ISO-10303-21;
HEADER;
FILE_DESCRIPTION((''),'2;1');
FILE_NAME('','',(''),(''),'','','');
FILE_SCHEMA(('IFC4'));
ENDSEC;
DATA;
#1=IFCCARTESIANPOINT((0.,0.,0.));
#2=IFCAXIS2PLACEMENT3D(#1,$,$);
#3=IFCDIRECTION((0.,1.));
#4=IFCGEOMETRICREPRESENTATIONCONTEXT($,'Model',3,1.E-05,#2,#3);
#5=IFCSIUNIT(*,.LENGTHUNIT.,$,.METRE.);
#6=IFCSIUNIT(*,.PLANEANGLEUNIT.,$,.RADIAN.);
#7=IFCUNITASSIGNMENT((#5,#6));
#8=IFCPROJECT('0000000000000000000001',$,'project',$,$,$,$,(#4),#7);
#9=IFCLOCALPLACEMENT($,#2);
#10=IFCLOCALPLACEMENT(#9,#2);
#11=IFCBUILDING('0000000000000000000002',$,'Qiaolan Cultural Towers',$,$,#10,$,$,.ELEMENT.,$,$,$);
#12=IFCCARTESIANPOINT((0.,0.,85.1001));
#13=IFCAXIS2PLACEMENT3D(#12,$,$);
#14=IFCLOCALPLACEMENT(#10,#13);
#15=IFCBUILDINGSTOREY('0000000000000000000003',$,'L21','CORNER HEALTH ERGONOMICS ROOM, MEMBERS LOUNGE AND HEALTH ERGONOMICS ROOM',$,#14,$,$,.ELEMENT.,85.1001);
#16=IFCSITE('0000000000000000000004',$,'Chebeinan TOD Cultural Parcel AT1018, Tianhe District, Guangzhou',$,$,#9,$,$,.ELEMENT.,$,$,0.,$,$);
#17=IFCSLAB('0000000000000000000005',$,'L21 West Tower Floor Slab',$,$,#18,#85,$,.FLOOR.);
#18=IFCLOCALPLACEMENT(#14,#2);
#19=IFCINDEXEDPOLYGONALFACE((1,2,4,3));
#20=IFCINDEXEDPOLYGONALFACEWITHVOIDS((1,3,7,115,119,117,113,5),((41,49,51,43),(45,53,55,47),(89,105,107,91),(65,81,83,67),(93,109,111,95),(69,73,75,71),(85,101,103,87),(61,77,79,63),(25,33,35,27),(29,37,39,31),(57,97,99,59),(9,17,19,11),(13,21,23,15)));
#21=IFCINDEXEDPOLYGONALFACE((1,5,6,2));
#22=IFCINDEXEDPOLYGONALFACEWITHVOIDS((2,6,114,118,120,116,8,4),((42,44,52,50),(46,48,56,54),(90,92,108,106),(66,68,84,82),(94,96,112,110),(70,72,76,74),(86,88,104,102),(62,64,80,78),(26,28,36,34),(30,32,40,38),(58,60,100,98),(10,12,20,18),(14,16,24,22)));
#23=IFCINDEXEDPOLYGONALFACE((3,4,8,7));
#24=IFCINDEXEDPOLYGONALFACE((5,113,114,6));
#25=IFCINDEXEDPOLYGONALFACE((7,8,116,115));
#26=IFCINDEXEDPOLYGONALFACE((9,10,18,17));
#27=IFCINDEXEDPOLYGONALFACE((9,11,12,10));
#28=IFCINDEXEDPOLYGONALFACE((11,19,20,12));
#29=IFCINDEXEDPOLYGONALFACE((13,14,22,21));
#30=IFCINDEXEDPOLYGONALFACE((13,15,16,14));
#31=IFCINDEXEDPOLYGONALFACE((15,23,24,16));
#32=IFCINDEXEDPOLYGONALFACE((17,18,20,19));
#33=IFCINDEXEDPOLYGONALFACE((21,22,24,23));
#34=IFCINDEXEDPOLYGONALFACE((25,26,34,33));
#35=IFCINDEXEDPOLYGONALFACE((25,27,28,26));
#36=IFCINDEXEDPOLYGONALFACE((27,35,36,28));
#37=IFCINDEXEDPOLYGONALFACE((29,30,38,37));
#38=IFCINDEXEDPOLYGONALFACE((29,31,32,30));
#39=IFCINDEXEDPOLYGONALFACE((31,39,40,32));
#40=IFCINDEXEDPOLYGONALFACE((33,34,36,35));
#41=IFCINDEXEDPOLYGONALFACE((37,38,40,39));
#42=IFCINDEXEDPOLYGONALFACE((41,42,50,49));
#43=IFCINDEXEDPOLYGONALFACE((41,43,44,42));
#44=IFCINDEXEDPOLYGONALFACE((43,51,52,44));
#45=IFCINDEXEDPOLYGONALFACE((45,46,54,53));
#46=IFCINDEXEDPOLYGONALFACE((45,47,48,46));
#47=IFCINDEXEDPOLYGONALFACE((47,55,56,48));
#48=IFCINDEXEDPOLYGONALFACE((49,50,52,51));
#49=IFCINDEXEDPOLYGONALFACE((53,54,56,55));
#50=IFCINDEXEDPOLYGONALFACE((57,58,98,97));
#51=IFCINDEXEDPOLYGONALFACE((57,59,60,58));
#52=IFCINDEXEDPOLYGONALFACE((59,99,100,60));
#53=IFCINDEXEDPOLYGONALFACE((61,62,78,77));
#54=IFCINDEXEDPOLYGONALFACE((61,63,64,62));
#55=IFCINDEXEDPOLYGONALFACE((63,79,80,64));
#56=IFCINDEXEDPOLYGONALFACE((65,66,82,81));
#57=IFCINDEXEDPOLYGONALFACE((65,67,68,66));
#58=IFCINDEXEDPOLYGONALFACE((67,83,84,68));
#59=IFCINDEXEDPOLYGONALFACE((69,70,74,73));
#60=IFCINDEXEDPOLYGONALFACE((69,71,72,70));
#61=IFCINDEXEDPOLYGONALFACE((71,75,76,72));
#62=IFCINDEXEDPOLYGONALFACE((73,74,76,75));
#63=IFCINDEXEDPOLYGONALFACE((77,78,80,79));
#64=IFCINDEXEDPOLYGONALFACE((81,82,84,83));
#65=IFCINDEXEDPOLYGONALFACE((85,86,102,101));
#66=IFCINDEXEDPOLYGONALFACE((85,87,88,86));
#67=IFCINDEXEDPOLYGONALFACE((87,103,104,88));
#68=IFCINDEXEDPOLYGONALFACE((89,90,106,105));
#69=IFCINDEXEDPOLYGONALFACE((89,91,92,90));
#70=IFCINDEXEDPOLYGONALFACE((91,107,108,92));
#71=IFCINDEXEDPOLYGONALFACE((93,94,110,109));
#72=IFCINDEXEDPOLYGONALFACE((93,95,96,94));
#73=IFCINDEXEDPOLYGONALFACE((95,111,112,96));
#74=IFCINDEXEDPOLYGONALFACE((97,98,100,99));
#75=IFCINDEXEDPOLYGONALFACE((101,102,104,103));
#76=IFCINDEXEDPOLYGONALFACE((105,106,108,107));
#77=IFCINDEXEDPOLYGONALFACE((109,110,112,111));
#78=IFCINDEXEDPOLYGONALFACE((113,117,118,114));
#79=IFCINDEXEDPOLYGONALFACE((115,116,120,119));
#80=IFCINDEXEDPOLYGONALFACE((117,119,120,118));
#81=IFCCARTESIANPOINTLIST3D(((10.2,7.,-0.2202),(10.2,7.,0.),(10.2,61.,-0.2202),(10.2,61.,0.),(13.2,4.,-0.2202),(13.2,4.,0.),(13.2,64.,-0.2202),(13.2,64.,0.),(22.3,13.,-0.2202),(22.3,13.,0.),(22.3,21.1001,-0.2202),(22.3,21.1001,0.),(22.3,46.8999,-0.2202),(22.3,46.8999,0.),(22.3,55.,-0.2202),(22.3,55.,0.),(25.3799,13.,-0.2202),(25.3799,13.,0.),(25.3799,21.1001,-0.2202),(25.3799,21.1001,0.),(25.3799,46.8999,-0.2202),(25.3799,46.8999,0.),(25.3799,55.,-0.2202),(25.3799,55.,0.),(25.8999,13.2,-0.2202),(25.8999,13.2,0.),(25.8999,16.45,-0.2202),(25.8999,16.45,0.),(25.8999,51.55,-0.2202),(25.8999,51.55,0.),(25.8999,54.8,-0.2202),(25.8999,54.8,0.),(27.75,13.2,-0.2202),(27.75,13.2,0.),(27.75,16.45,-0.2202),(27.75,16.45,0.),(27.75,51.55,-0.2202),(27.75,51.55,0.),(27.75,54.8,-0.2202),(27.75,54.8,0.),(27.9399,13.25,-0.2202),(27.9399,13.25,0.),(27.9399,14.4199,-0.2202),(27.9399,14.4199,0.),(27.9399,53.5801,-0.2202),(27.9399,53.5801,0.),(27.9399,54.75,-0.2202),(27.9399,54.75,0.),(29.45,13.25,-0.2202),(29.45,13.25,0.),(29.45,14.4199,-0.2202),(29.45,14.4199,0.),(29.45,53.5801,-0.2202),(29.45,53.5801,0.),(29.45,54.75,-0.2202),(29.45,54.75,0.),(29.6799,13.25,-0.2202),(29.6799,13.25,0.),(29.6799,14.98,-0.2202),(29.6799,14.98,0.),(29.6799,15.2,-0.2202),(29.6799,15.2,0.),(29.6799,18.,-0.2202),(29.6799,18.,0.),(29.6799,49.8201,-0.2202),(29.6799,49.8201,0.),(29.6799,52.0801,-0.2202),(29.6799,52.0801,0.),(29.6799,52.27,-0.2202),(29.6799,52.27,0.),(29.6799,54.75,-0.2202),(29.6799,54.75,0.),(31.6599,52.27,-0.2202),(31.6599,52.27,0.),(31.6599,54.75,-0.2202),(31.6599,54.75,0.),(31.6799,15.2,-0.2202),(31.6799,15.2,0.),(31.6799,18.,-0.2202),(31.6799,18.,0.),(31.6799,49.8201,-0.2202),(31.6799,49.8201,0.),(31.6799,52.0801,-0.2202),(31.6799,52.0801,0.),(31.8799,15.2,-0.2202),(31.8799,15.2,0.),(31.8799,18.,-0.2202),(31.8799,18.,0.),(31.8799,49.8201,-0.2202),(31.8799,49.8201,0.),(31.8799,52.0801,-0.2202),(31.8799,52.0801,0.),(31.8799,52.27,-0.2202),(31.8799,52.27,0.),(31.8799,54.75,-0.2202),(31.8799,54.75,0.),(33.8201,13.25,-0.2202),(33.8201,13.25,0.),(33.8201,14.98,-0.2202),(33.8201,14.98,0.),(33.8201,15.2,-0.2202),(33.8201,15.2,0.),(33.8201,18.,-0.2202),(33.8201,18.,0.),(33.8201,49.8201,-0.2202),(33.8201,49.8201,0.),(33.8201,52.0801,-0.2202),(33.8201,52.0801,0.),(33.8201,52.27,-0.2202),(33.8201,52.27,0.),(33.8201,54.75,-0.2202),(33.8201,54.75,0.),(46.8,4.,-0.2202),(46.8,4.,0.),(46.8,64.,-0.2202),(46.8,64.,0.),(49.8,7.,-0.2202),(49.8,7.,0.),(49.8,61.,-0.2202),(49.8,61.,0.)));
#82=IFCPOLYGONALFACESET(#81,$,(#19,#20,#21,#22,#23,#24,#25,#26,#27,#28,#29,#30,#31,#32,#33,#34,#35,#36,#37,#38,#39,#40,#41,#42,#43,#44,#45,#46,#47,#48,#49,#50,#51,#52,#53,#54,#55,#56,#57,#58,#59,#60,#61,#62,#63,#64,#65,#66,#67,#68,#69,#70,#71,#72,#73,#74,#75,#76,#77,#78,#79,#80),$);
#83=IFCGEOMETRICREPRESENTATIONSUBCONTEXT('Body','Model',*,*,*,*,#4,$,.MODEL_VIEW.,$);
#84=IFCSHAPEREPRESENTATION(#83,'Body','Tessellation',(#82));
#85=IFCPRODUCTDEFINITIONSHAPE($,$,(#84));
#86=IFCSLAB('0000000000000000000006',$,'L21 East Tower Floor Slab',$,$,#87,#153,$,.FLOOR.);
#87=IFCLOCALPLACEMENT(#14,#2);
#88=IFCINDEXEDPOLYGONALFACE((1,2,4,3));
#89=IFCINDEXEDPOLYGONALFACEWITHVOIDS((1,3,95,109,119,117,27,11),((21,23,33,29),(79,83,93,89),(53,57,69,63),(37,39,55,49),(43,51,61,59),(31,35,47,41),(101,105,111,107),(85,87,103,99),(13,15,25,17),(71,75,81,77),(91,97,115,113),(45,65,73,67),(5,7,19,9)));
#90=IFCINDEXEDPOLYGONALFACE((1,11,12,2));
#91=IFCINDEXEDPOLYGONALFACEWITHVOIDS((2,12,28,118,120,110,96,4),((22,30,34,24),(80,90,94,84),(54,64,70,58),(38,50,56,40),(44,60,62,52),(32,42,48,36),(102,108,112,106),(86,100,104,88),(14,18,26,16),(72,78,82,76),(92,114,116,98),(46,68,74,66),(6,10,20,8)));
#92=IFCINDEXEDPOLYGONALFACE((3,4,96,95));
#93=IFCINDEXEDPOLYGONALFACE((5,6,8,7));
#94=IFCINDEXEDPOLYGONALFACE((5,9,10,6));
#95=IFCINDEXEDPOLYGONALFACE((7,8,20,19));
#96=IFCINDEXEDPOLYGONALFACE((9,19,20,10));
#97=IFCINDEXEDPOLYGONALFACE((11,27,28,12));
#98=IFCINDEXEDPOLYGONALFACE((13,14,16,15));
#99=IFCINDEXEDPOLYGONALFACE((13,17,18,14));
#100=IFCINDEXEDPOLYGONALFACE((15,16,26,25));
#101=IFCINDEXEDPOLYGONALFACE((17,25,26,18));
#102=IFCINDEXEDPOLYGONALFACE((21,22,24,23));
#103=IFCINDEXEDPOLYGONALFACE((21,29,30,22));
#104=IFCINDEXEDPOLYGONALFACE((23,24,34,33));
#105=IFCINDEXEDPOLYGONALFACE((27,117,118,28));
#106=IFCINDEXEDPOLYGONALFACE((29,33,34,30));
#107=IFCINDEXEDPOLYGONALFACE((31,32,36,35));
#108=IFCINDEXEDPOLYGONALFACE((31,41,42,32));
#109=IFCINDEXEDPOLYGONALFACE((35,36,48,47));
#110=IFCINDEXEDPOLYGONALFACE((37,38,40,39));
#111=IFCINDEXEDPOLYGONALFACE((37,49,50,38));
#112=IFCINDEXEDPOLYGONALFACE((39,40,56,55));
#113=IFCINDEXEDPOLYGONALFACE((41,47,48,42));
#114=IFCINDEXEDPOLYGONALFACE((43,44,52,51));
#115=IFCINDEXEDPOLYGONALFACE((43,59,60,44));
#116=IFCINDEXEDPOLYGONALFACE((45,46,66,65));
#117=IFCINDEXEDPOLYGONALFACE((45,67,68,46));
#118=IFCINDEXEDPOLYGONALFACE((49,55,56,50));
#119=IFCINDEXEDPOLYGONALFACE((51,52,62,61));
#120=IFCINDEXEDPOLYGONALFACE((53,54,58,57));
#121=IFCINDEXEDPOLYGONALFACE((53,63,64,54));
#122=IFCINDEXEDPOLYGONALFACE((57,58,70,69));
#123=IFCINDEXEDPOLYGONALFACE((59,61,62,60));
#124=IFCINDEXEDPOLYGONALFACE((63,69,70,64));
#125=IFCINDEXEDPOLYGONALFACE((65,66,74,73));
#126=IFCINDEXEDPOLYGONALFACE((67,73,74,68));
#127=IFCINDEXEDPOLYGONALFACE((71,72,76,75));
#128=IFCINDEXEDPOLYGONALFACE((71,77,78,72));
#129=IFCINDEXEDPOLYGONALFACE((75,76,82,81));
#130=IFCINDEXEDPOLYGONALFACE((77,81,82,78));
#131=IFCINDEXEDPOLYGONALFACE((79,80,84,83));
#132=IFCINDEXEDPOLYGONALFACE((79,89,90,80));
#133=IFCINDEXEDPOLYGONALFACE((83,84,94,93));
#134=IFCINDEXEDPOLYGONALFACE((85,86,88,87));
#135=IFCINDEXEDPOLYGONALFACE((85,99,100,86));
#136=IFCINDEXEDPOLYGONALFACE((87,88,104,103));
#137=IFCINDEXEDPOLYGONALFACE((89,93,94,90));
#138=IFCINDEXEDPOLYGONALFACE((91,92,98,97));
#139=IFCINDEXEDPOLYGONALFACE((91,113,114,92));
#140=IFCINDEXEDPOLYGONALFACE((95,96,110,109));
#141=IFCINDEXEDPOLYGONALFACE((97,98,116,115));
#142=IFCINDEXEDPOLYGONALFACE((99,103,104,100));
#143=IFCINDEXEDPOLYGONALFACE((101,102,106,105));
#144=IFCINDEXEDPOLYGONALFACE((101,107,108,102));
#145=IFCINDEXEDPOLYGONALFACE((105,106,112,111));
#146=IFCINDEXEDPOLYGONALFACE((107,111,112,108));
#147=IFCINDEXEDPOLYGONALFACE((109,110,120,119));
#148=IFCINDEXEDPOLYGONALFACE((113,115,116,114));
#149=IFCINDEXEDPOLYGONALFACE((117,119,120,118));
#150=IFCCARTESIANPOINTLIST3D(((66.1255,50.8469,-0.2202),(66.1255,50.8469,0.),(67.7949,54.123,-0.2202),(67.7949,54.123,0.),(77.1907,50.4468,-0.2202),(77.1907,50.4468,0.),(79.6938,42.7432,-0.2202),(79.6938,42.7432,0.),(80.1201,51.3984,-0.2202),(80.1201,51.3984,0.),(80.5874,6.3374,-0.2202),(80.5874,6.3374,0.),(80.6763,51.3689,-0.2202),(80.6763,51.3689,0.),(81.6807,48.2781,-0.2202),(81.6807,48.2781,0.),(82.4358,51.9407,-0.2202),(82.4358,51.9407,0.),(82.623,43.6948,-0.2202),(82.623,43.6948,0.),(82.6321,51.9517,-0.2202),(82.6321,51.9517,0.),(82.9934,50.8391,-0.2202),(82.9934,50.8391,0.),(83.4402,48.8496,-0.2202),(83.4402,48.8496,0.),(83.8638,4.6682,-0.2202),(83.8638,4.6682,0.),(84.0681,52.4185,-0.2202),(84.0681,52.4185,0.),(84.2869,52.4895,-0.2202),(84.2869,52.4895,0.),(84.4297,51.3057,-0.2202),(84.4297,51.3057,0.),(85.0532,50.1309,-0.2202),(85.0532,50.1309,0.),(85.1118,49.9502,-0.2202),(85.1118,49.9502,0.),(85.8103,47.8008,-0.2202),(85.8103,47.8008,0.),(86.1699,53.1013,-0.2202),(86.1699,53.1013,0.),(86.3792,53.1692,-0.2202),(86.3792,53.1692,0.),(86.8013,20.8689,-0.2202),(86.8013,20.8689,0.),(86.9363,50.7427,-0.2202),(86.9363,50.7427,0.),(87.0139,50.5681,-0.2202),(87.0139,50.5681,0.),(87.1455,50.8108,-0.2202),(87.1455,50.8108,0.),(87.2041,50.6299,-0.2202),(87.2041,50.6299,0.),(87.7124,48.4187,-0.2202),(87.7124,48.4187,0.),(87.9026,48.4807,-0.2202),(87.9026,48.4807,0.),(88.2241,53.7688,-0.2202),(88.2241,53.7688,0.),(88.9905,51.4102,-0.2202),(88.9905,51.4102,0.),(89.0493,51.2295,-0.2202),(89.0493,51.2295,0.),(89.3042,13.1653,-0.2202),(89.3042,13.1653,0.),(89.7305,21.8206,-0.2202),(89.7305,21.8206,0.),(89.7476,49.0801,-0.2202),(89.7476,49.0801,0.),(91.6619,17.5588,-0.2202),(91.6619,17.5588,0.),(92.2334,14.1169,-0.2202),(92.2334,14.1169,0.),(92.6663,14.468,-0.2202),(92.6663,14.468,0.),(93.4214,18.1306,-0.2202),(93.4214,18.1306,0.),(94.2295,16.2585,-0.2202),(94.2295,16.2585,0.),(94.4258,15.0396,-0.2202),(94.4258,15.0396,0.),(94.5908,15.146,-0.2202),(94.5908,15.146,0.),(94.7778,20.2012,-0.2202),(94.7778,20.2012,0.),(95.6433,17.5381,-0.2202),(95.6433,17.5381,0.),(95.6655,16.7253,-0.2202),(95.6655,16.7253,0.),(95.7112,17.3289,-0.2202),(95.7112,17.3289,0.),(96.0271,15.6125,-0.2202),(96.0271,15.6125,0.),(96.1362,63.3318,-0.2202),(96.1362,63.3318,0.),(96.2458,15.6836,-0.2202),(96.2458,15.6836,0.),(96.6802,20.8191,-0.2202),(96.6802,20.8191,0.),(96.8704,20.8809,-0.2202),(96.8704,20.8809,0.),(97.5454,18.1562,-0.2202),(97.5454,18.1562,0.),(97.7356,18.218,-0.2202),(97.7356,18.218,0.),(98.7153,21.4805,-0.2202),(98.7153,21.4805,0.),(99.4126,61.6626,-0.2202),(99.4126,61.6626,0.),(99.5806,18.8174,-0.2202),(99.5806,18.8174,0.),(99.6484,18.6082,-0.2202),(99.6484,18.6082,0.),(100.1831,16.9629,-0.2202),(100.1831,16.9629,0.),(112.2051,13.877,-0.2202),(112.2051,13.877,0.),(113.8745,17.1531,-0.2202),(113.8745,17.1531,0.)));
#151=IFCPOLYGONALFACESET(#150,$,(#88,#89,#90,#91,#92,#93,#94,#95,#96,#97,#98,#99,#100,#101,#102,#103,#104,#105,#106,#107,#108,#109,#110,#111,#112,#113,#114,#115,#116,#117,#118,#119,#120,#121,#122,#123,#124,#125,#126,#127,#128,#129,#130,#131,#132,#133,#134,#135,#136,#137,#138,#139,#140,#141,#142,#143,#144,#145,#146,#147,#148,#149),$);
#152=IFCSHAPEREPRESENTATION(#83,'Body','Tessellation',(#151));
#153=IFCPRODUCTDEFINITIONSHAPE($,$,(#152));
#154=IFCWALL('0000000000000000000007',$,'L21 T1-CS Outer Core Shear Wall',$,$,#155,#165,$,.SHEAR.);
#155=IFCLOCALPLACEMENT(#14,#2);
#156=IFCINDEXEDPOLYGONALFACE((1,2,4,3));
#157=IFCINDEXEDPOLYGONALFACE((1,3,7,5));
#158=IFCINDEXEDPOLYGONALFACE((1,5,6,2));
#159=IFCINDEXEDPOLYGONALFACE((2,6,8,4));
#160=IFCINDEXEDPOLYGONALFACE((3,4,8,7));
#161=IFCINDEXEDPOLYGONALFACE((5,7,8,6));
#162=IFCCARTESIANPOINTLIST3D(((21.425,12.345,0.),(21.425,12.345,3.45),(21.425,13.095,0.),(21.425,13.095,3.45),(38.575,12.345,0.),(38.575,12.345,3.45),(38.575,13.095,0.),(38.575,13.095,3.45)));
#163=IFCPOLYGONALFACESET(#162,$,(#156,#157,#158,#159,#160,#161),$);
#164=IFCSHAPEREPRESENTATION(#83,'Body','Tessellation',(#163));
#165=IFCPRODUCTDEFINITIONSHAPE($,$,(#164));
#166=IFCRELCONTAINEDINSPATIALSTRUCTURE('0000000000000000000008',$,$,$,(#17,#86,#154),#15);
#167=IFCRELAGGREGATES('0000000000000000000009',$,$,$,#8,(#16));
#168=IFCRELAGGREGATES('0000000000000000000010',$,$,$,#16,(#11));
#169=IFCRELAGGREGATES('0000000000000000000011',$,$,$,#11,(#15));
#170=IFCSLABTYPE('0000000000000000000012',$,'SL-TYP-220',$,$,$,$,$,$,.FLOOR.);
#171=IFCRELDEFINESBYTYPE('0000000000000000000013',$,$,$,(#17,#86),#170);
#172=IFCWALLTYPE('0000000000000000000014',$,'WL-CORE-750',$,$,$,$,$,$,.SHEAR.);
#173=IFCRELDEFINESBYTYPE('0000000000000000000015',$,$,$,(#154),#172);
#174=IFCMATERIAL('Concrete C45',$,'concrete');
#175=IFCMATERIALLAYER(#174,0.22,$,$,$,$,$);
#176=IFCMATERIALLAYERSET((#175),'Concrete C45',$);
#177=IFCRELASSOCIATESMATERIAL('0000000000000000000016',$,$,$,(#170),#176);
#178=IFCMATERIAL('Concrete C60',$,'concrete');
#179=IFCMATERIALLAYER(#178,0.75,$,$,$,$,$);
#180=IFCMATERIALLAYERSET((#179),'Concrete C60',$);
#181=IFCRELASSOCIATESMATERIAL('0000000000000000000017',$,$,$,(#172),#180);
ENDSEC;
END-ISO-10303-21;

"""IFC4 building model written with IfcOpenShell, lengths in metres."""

from ifc_helpers import new_model, si_unit, direction, frame, frame_2d, origin, place, context, subcontext, project, spatial, polyline, rectangle, outline, extrude, material, layer, layer_set, type_object, element, save


model = new_model("IFC4")

# Units and contexts
model_context = context("Model", 3, precision=1e-05, world=origin(), true_north=direction((0.0, 1.0)))
body_context = subcontext(model_context, "Body", "Model", "MODEL_VIEW")
ifc_project = project(units=[si_unit("LENGTHUNIT", "METRE"), si_unit("PLANEANGLEUNIT", "RADIAN")], contexts=[model_context])

# Site, building, storey
site_placement = place(None, origin())
site = spatial("IfcSite", under=ifc_project, at=site_placement, Name="Chebeinan TOD Cultural Parcel AT1018, Tianhe District, Guangzhou", CompositionType="ELEMENT", RefElevation=0.0)
building_placement = place(site_placement, origin())
building = spatial("IfcBuilding", under=site, at=building_placement, Name="Qiaolan Cultural Towers", CompositionType="ELEMENT")
storey_placement = place(building_placement, frame((0.0, 0.0, 85.1001)))
storey = spatial("IfcBuildingStorey", under=building, at=storey_placement, Name="L21", Description="CORNER HEALTH ERGONOMICS ROOM, MEMBERS LOUNGE AND HEALTH ERGONOMICS ROOM", CompositionType="ELEMENT", Elevation=85.1001)

# Slabs
ifc_material_1 = material(Name="Concrete C45", Category="concrete")
ifc_layer_1 = layer(ifc_material_1, 0.22)
ifc_layer_set_1 = layer_set([ifc_layer_1], Name="Concrete C45")
slab_type_1 = type_object("IfcSlabType", Name="SL-TYP-220", PredefinedType="FLOOR", material=ifc_layer_set_1)
slab_1_placement = place(storey_placement, frame((0.0, 0.0, -0.2202)))
element("IfcSlab", 1, at=slab_1_placement, inside=storey, type_object=slab_type_1, Name="L21 West Tower Floor Slab", PredefinedType="FLOOR", context=body_context, shape_type="SweptSolid", body=[
    extrude(outline(polyline([(13.2, 4.0), (46.8, 4.0), (49.8, 7.0), (49.8, 61.0), (46.8, 64.0), (13.2, 64.0), (10.2, 61.0), (10.2, 7.0), (13.2, 4.0)]), holes=[polyline([(22.3, 21.1001), (22.3, 13.0), (25.3799, 13.0), (25.3799, 21.1001), (22.3, 21.1001)]), polyline([(25.3799, 46.8999), (25.3799, 55.0), (22.3, 55.0), (22.3, 46.8999), (25.3799, 46.8999)]), polyline([(25.8999, 13.2), (27.75, 13.2), (27.75, 16.45), (25.8999, 16.45), (25.8999, 13.2)]), polyline([(27.9399, 13.25), (29.45, 13.25), (29.45, 14.4199), (27.9399, 14.4199), (27.9399, 13.25)]), polyline([(29.6799, 15.2), (31.6799, 15.2), (31.6799, 18.0), (29.6799, 18.0), (29.6799, 15.2)]), polyline([(31.8799, 15.2), (33.8201, 15.2), (33.8201, 18.0), (31.8799, 18.0), (31.8799, 15.2)]), polyline([(29.6799, 13.25), (33.8201, 13.25), (33.8201, 14.98), (29.6799, 14.98), (29.6799, 13.25)]), polyline([(25.8999, 51.55), (27.75, 51.55), (27.75, 54.8), (25.8999, 54.8), (25.8999, 51.55)]), polyline([(27.9399, 53.5801), (29.45, 53.5801), (29.45, 54.75), (27.9399, 54.75), (27.9399, 53.5801)]), polyline([(29.6799, 49.8201), (31.6799, 49.8201), (31.6799, 52.0801), (29.6799, 52.0801), (29.6799, 49.8201)]), polyline([(31.8799, 49.8201), (33.8201, 49.8201), (33.8201, 52.0801), (31.8799, 52.0801), (31.8799, 49.8201)]), polyline([(29.6799, 52.27), (31.6599, 52.27), (31.6599, 54.75), (29.6799, 54.75), (29.6799, 52.27)]), polyline([(31.8799, 52.27), (33.8201, 52.27), (33.8201, 54.75), (31.8799, 54.75), (31.8799, 52.27)])]), origin(), (0.0, 0.0, 1.0), 0.2202),
])
slab_2_placement = place(storey_placement, frame((0.0, 0.0, -0.2202)))
element("IfcSlab", 2, at=slab_2_placement, inside=storey, type_object=slab_type_1, Name="L21 East Tower Floor Slab", PredefinedType="FLOOR", context=body_context, shape_type="SweptSolid", body=[
    extrude(outline(polyline([(83.8638, 4.6682), (112.2051, 13.877), (113.8745, 17.1531), (99.4126, 61.6626), (96.1362, 63.3318), (67.7949, 54.123), (66.1255, 50.8469), (80.5874, 6.3374), (83.8638, 4.6682)]), holes=[polyline([(86.8013, 20.8689), (89.3042, 13.1653), (92.2334, 14.1169), (89.7305, 21.8206), (86.8013, 20.8689)]), polyline([(82.623, 43.6948), (80.1201, 51.3984), (77.1907, 50.4468), (79.6938, 42.7432), (82.623, 43.6948)]), polyline([(92.6663, 14.468), (94.4258, 15.0396), (93.4214, 18.1306), (91.6619, 17.5588), (92.6663, 14.468)]), polyline([(94.5908, 15.146), (96.0271, 15.6125), (95.6655, 16.7253), (94.2295, 16.2585), (94.5908, 15.146)]), polyline([(95.6433, 17.5381), (97.5454, 18.1562), (96.6802, 20.8191), (94.7778, 20.2012), (95.6433, 17.5381)]), polyline([(97.7356, 18.218), (99.5806, 18.8174), (98.7153, 21.4805), (96.8704, 20.8809), (97.7356, 18.218)]), polyline([(96.2458, 15.6836), (100.1831, 16.9629), (99.6484, 18.6082), (95.7112, 17.3289), (96.2458, 15.6836)]), polyline([(81.6807, 48.2781), (83.4402, 48.8496), (82.4358, 51.9407), (80.6763, 51.3689), (81.6807, 48.2781)]), polyline([(82.9934, 50.8391), (84.4297, 51.3057), (84.0681, 52.4185), (82.6321, 51.9517), (82.9934, 50.8391)]), polyline([(85.8103, 47.8008), (87.7124, 48.4187), (87.0139, 50.5681), (85.1118, 49.9502), (85.8103, 47.8008)]), polyline([(87.9026, 48.4807), (89.7476, 49.0801), (89.0493, 51.2295), (87.2041, 50.6299), (87.9026, 48.4807)]), polyline([(85.0532, 50.1309), (86.9363, 50.7427), (86.1699, 53.1013), (84.2869, 52.4895), (85.0532, 50.1309)]), polyline([(87.1455, 50.8108), (88.9905, 51.4102), (88.2241, 53.7688), (86.3792, 53.1692), (87.1455, 50.8108)])]), origin(), (0.0, 0.0, 1.0), 0.2202),
])

# Wall
ifc_material_2 = material(Name="Concrete C60", Category="concrete")
ifc_layer_2 = layer(ifc_material_2, 0.75)
ifc_layer_set_2 = layer_set([ifc_layer_2], Name="Concrete C60")
wall_type_1 = type_object("IfcWallType", Name="WL-CORE-750", PredefinedType="SHEAR", material=ifc_layer_set_2)
wall_1_placement = place(storey_placement, frame((21.425, 12.72, 0.0), z_axis=(0.0, 0.0, 1.0), x_axis=(1.0, 0.0, 0.0)))
element("IfcWall", 3, at=wall_1_placement, inside=storey, type_object=wall_type_1, Name="L21 T1-CS Outer Core Shear Wall", PredefinedType="SHEAR", context=body_context, shape_type="SweptSolid", body=[
    extrude(rectangle(XDim=17.1499, YDim=0.75, at=frame_2d((8.575, 0.0))), origin(), (0.0, 0.0, 1.0), 3.45),
])

save(model, "model.ifc")
